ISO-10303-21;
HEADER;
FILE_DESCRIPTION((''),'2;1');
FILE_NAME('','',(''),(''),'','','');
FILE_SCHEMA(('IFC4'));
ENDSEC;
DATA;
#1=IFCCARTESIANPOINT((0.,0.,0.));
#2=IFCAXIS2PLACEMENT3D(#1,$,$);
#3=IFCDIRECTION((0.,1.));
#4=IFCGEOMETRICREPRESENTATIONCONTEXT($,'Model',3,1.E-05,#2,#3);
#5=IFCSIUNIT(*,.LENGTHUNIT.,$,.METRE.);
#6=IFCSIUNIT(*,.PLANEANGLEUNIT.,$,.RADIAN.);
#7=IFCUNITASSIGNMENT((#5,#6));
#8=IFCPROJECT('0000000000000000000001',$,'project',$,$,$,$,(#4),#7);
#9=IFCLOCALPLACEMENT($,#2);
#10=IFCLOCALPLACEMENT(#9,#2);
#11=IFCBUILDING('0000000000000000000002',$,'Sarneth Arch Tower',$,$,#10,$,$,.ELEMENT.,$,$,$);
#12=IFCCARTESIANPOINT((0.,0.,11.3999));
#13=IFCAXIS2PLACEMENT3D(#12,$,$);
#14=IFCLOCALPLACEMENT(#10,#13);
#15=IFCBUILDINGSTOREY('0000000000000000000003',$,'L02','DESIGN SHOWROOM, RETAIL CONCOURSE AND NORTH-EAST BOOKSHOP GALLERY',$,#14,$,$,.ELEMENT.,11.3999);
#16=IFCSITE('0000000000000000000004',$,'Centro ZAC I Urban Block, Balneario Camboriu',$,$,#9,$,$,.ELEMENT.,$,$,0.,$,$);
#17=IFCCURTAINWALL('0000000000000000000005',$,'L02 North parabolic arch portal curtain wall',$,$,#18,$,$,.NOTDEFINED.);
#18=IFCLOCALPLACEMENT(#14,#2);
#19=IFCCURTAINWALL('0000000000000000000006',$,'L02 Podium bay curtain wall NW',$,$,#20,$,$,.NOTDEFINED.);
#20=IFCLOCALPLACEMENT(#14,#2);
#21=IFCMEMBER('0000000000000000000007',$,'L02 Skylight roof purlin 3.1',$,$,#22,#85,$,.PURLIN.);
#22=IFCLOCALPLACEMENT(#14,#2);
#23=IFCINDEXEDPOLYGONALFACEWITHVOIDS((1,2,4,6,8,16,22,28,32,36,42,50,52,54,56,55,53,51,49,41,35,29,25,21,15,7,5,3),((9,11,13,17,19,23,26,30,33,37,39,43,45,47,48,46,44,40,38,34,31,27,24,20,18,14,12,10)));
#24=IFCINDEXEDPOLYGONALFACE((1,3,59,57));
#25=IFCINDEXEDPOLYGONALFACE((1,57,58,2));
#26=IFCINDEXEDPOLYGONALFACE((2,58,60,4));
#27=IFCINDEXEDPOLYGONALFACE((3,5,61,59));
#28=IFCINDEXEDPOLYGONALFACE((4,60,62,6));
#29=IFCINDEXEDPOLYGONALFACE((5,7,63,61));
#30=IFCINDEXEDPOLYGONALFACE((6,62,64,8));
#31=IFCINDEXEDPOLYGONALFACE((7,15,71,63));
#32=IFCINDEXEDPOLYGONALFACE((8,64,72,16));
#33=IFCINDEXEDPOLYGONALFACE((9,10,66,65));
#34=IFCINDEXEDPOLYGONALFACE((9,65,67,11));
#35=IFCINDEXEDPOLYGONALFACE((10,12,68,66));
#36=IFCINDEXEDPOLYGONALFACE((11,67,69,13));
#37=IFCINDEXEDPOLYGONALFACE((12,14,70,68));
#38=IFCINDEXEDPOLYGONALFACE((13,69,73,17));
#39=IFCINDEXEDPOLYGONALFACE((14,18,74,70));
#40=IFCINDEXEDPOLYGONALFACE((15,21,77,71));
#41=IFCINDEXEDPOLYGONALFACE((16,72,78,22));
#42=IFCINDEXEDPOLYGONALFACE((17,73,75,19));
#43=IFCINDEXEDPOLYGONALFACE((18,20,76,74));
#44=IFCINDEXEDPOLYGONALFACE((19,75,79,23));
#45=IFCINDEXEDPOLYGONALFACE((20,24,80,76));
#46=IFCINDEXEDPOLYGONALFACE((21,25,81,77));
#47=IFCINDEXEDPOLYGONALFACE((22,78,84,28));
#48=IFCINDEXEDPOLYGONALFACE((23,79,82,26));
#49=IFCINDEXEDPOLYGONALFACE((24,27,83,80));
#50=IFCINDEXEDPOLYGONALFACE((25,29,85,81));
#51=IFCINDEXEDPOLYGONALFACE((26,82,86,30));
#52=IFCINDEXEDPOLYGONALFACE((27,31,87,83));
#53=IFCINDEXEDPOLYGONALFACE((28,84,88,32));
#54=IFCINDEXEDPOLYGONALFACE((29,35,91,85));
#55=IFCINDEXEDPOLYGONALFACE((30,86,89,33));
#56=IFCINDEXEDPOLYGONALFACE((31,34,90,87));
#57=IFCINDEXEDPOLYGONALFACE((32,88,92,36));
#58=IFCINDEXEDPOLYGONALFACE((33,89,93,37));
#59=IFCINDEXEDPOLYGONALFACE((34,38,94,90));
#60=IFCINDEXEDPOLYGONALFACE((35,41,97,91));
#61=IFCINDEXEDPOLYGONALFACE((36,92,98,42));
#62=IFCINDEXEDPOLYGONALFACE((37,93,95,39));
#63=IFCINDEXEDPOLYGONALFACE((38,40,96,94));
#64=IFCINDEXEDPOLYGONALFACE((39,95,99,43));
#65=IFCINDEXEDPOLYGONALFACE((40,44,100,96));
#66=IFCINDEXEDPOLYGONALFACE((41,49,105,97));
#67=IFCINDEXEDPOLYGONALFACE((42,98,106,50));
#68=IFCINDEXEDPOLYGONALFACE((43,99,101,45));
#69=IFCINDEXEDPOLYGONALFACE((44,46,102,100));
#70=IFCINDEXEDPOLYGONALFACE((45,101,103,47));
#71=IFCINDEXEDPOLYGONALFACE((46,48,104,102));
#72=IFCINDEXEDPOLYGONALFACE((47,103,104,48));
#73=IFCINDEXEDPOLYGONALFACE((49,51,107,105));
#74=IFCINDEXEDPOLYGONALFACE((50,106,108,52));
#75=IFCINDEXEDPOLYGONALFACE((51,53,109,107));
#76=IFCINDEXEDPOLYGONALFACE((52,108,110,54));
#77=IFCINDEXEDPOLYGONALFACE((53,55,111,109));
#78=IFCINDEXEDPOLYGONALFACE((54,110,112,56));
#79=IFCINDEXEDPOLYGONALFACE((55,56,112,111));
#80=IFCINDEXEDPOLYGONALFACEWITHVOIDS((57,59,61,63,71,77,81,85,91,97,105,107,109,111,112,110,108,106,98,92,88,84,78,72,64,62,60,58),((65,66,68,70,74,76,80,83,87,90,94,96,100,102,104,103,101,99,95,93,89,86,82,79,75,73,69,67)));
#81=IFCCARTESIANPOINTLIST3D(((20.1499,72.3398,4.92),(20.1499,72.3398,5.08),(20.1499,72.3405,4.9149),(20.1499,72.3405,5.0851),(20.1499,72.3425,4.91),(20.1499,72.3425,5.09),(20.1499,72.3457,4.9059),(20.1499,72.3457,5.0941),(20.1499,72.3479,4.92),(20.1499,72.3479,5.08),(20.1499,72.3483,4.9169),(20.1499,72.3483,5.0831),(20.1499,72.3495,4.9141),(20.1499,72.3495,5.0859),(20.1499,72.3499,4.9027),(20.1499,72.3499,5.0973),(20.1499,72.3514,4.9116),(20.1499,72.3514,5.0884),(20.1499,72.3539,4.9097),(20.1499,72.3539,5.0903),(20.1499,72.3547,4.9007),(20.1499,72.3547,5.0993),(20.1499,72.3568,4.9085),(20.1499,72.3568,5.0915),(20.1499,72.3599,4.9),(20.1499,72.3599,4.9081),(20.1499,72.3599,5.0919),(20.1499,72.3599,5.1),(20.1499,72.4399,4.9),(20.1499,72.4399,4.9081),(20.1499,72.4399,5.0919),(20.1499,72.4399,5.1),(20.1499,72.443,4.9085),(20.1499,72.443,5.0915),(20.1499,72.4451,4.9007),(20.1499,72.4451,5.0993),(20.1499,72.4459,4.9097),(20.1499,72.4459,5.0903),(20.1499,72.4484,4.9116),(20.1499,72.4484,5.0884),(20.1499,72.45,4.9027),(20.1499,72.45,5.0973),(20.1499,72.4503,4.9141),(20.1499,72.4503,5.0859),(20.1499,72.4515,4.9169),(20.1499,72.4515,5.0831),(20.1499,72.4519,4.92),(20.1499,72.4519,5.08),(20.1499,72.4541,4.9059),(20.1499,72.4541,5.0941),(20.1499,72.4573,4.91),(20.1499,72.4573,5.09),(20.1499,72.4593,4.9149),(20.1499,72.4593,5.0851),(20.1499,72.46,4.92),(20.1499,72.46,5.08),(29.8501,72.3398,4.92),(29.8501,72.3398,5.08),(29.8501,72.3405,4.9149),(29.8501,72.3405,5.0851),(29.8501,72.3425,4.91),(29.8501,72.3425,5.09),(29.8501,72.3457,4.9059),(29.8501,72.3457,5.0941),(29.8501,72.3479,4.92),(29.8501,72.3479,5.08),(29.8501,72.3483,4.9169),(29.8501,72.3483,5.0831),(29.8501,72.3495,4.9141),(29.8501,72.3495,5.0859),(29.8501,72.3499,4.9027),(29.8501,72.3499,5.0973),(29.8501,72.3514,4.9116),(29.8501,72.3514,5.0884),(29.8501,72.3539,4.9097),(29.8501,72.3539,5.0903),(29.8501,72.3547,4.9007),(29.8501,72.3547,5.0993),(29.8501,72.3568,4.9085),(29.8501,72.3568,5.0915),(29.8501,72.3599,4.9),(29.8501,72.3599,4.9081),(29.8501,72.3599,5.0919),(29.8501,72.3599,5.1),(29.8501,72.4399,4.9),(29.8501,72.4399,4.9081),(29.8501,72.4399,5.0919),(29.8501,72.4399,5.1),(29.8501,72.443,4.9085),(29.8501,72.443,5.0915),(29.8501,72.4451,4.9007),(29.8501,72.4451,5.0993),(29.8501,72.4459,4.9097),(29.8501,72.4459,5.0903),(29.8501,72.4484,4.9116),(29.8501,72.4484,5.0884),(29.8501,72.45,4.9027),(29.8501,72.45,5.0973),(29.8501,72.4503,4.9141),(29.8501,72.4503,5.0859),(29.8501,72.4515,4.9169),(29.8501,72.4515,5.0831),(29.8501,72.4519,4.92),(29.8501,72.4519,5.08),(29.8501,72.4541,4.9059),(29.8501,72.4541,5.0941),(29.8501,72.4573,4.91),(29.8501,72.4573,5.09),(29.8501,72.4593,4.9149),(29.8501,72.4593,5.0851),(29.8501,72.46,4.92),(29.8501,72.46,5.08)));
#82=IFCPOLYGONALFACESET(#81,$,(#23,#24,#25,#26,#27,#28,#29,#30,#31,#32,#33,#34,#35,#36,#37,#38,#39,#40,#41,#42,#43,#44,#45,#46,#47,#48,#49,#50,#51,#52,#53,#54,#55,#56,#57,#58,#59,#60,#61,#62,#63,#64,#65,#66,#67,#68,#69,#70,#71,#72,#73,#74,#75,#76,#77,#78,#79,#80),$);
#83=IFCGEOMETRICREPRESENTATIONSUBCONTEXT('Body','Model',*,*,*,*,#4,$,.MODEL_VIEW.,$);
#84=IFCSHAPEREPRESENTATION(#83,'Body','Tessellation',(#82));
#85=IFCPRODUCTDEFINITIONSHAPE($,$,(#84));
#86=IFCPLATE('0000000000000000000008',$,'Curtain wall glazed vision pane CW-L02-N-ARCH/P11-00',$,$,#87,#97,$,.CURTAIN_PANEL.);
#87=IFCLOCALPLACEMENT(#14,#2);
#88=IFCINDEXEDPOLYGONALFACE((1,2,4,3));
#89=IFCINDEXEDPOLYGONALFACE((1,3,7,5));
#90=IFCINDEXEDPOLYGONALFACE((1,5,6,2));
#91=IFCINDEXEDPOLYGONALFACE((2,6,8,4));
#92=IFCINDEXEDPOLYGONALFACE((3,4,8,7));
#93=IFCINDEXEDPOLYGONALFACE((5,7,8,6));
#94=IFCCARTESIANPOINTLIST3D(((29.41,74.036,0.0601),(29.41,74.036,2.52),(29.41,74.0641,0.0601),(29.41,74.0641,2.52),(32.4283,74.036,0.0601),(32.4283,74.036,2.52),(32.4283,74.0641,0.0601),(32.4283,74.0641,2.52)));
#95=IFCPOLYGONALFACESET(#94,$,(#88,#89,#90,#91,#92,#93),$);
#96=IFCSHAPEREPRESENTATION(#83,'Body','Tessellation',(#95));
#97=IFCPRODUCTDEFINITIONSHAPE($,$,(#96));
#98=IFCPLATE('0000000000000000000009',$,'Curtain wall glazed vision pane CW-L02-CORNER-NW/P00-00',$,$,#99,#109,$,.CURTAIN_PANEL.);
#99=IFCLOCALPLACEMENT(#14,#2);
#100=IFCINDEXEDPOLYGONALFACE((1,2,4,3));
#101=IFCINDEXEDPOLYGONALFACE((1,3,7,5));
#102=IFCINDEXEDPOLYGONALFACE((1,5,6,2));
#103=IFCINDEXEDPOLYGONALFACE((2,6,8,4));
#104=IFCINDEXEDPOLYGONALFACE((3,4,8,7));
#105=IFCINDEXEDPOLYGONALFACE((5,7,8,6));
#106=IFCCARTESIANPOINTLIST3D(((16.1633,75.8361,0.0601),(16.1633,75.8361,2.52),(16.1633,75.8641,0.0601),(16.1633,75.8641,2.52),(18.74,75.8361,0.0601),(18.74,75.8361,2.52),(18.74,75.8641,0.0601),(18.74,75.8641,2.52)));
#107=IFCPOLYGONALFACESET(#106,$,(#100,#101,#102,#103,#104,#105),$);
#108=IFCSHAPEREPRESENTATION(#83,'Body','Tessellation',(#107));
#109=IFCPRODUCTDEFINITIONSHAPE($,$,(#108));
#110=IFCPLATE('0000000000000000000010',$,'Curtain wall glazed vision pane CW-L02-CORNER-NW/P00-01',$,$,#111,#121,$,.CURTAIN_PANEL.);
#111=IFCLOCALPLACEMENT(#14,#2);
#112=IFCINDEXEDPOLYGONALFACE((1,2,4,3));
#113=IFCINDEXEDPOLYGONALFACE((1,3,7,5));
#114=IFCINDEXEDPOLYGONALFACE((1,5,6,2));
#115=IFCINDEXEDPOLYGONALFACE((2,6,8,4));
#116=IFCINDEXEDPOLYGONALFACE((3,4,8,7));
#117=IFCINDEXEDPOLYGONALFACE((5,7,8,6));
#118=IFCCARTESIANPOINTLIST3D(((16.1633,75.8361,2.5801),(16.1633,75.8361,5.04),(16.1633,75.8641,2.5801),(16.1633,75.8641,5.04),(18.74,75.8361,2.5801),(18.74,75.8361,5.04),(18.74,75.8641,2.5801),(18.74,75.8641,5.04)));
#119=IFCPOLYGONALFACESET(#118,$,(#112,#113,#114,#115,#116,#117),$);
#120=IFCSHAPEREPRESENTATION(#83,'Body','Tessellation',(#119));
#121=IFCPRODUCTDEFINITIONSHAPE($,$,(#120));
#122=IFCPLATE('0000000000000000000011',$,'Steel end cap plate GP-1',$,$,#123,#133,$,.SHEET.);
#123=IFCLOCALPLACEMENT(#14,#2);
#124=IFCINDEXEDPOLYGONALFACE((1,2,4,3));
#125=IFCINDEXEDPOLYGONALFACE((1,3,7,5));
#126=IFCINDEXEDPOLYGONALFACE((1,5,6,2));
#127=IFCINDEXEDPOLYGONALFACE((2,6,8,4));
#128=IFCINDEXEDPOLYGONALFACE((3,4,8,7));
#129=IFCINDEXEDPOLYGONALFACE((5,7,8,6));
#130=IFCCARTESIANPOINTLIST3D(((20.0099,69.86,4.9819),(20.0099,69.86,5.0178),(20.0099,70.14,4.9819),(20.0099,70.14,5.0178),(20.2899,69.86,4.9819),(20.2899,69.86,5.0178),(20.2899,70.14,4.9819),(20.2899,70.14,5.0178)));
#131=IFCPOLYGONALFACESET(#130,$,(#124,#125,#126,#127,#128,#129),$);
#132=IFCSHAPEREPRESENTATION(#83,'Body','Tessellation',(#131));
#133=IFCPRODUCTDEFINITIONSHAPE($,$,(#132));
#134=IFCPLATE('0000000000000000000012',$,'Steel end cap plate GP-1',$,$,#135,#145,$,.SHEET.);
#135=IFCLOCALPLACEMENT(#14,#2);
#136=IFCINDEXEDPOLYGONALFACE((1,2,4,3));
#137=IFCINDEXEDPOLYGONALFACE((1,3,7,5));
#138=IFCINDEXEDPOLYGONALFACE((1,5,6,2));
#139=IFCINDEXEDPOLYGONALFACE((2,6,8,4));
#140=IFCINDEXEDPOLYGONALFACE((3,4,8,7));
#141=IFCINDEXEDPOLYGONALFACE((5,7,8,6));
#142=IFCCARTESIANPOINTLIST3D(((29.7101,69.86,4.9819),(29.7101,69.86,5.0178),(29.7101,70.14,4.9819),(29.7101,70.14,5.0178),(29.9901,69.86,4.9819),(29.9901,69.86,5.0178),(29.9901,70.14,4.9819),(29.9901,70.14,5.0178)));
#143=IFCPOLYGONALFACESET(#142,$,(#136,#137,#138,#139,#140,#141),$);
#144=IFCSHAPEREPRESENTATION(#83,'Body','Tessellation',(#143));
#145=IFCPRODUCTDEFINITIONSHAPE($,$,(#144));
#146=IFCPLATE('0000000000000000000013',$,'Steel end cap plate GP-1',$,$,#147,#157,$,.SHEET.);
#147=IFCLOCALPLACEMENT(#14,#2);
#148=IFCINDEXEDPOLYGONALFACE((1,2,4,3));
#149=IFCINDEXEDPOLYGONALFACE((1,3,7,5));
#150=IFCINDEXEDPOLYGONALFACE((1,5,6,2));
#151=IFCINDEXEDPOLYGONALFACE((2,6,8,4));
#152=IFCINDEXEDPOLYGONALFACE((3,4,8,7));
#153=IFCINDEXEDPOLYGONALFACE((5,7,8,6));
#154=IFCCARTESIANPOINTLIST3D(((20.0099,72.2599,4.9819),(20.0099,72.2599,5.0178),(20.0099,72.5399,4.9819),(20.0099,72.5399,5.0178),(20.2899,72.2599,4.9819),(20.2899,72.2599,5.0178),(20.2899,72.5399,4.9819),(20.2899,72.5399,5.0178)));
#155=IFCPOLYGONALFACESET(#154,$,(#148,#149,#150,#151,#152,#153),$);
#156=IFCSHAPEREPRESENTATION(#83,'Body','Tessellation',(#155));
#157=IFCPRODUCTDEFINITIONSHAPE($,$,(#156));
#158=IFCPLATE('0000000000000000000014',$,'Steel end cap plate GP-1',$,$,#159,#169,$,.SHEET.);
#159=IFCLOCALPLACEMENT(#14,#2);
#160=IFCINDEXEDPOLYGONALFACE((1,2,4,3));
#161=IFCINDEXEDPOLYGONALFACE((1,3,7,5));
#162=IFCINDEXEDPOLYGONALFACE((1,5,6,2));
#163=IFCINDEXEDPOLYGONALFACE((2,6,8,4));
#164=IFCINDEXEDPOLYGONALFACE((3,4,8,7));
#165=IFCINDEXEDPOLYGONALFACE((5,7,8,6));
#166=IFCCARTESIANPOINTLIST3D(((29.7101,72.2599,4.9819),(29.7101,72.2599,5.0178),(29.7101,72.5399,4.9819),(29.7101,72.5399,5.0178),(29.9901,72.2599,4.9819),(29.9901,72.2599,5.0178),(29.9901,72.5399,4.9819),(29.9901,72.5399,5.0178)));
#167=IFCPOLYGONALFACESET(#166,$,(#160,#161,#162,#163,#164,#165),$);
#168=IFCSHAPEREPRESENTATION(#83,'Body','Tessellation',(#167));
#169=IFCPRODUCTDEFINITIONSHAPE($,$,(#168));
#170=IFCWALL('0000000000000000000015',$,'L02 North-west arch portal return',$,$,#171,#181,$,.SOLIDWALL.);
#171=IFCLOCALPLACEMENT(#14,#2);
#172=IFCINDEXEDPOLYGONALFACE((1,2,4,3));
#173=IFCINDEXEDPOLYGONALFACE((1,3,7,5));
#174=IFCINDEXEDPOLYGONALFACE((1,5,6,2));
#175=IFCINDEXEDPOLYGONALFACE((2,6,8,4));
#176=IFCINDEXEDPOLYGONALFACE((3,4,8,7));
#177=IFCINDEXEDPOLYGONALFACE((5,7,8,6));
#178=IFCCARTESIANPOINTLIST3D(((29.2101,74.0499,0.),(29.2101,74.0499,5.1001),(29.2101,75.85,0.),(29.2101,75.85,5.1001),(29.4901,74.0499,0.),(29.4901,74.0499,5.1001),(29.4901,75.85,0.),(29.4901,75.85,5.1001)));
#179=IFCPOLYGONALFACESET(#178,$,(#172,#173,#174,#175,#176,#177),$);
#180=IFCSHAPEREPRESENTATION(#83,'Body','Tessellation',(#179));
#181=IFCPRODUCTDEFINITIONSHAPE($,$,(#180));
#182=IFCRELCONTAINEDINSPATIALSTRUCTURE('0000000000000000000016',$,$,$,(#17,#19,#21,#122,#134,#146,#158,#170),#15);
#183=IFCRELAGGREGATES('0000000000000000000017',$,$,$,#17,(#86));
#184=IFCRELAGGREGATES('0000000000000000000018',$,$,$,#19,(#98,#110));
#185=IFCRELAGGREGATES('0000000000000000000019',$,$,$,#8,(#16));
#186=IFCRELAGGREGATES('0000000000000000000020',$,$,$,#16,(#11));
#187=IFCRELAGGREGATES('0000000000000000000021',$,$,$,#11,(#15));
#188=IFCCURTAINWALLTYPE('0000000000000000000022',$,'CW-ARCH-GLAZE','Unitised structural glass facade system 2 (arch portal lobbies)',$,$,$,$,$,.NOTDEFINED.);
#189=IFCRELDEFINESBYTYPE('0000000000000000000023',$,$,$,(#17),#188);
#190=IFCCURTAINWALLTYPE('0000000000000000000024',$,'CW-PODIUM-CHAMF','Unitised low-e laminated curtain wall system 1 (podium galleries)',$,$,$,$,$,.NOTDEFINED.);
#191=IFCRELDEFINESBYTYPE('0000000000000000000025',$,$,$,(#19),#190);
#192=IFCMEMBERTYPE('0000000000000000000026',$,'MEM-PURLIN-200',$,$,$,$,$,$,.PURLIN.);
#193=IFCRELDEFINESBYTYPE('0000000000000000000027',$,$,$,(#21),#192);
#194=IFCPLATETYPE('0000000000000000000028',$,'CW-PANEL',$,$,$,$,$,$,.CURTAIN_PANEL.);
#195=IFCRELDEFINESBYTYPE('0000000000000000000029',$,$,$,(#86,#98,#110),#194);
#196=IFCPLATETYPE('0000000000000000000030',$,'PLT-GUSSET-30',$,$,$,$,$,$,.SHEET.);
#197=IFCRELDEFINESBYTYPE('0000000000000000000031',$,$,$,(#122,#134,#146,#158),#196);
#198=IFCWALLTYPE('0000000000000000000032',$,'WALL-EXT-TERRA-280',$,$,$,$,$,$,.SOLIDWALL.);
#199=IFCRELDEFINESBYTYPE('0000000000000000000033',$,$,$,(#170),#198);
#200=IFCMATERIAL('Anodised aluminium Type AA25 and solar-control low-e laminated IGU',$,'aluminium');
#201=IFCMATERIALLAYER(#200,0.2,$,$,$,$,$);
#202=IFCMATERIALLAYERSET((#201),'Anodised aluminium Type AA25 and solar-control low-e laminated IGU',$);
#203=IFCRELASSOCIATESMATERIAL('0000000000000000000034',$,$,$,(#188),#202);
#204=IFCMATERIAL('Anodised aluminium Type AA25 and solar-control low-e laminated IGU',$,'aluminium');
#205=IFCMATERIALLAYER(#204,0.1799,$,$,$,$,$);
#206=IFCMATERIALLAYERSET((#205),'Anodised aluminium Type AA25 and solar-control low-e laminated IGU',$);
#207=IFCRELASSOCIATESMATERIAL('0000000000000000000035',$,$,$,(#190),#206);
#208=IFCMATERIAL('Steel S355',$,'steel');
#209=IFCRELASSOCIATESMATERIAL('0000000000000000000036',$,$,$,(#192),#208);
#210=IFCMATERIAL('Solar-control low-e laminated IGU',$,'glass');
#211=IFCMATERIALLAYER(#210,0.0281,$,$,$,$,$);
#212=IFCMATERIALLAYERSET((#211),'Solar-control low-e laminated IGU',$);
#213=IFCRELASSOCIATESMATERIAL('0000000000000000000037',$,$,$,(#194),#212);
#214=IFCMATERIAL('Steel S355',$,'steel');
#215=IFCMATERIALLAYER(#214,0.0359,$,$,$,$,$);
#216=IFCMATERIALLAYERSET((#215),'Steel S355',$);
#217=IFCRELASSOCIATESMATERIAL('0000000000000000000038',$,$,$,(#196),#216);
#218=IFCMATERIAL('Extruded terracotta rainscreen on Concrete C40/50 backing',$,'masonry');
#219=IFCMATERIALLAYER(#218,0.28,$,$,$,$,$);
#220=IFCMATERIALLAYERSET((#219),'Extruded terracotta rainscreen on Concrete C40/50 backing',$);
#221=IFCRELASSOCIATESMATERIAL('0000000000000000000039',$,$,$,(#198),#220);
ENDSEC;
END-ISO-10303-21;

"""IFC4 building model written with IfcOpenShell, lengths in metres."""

from ifc_helpers import new_model, si_unit, direction, frame, frame_2d, origin, origin_2d, place, context, subcontext, project, spatial, rectangle, hollow_rectangle, extrude, material, layer, layer_set, material_profile, profile_set, type_object, element, aggregate, save


model = new_model("IFC4")

# Units and contexts
model_context = context("Model", 3, precision=1e-05, world=origin(), true_north=direction((0.0, 1.0)))
body_context = subcontext(model_context, "Body", "Model", "MODEL_VIEW")
ifc_project = project(units=[si_unit("LENGTHUNIT", "METRE"), si_unit("PLANEANGLEUNIT", "RADIAN")], contexts=[model_context])

# Site, building, storey
site_placement = place(None, origin())
site = spatial("IfcSite", under=ifc_project, at=site_placement, Name="Centro ZAC I Urban Block, Balneario Camboriu", CompositionType="ELEMENT", RefElevation=0.0)
building_placement = place(site_placement, origin())
building = spatial("IfcBuilding", under=site, at=building_placement, Name="Sarneth Arch Tower", CompositionType="ELEMENT")
storey_placement = place(building_placement, frame((0.0, 0.0, 11.3999)))
storey = spatial("IfcBuildingStorey", under=building, at=storey_placement, Name="L02", Description="DESIGN SHOWROOM, RETAIL CONCOURSE AND NORTH-EAST BOOKSHOP GALLERY", CompositionType="ELEMENT", Elevation=11.3999)

# Curtain wall
ifc_material_1 = material(Name="Anodised aluminium Type AA25 and solar-control low-e laminated IGU", Category="aluminium")
ifc_layer_1 = layer(ifc_material_1, 0.2)
ifc_layer_set_1 = layer_set([ifc_layer_1], Name="Anodised aluminium Type AA25 and solar-control low-e laminated IGU")
curtain_wall_type_1 = type_object("IfcCurtainWallType", Name="CW-ARCH-GLAZE", Description="Unitised structural glass facade system 2 (arch portal lobbies)", PredefinedType="NOTDEFINED", material=ifc_layer_set_1)
curtain_wall_1_placement = place(storey_placement, origin())
curtain_wall_1 = element("IfcCurtainWall", 1, at=curtain_wall_1_placement, inside=storey, type_object=curtain_wall_type_1, Name="L02 North parabolic arch portal curtain wall", PredefinedType="NOTDEFINED")

# Curtain wall
ifc_material_2 = material(Name="Anodised aluminium Type AA25 and solar-control low-e laminated IGU", Category="aluminium")
ifc_layer_2 = layer(ifc_material_2, 0.1799)
ifc_layer_set_2 = layer_set([ifc_layer_2], Name="Anodised aluminium Type AA25 and solar-control low-e laminated IGU")
curtain_wall_type_2 = type_object("IfcCurtainWallType", Name="CW-PODIUM-CHAMF", Description="Unitised low-e laminated curtain wall system 1 (podium galleries)", PredefinedType="NOTDEFINED", material=ifc_layer_set_2)
curtain_wall_2_placement = place(storey_placement, origin())
curtain_wall_2 = element("IfcCurtainWall", 2, at=curtain_wall_2_placement, inside=storey, type_object=curtain_wall_type_2, Name="L02 Podium bay curtain wall NW", PredefinedType="NOTDEFINED")

# Member
ifc_material_3 = material(Name="Steel S355", Category="steel")
ifc_material_profile_1 = material_profile(ifc_material_3, hollow_rectangle(XDim=0.1201, YDim=0.2, WallThickness=0.0081, InnerFilletRadius=0.012, OuterFilletRadius=0.02, at=origin_2d()), Name="RHS200x120x8")
ifc_profile_set_1 = profile_set([ifc_material_profile_1], Name="Steel S355")
member_type_1 = type_object("IfcMemberType", Name="MEM-PURLIN-200", PredefinedType="PURLIN", material=ifc_profile_set_1)
for number, where, z_axis, x_axis, name in (
    (3, (20.1499, 72.3999, 5.0), (1.0, 0.0, 0.0), (0.0, 1.0, 0.0), "L02 Skylight roof purlin 3.1"),
):
    element("IfcMember", number, at=place(storey_placement, frame(where, z_axis=z_axis, x_axis=x_axis)), inside=storey, type_object=member_type_1, Name=name, PredefinedType="PURLIN", context=body_context, shape_type="SweptSolid", body=[
        extrude(hollow_rectangle(XDim=0.1201, YDim=0.2, WallThickness=0.0081, InnerFilletRadius=0.012, OuterFilletRadius=0.02, at=origin_2d()), origin(), (0.0, 0.0, 1.0), 9.7002),
    ])

# Plates
ifc_material_4 = material(Name="Solar-control low-e laminated IGU", Category="glass")
ifc_layer_3 = layer(ifc_material_4, 0.0281)
ifc_layer_set_3 = layer_set([ifc_layer_3], Name="Solar-control low-e laminated IGU")
plate_type_1 = type_object("IfcPlateType", Name="CW-PANEL", PredefinedType="CURTAIN_PANEL", material=ifc_layer_set_3)
plate_1_placement = place(storey_placement, frame((30.9192, 74.05, 0.0601), z_axis=(0.0, 0.0, 1.0), x_axis=(-1.0, 0.0, 0.0)))
plate_1 = element("IfcPlate", 4, at=plate_1_placement, type_object=plate_type_1, Name="Curtain wall glazed vision pane CW-L02-N-ARCH/P11-00", PredefinedType="CURTAIN_PANEL", context=body_context, shape_type="SweptSolid", body=[
    extrude(rectangle(XDim=3.0183, YDim=0.0281, at=origin_2d()), origin(), (0.0, 0.0, 1.0), 2.46),
])
aggregate(curtain_wall_1, [plate_1])
plate_2_placement = place(storey_placement, frame((17.4517, 75.8501, 0.0601), z_axis=(0.0, 0.0, 1.0), x_axis=(-1.0, 0.0, 0.0)))
plate_2 = element("IfcPlate", 5, at=plate_2_placement, type_object=plate_type_1, Name="Curtain wall glazed vision pane CW-L02-CORNER-NW/P00-00", PredefinedType="CURTAIN_PANEL", context=body_context, shape_type="SweptSolid", body=[
    extrude(rectangle(XDim=2.5767, YDim=0.0281, at=origin_2d()), origin(), (0.0, 0.0, 1.0), 2.46),
])
plate_3_placement = place(storey_placement, frame((17.4517, 75.8501, 2.5801), z_axis=(0.0, 0.0, 1.0), x_axis=(-1.0, 0.0, 0.0)))
plate_3 = element("IfcPlate", 6, at=plate_3_placement, type_object=plate_type_1, Name="Curtain wall glazed vision pane CW-L02-CORNER-NW/P00-01", PredefinedType="CURTAIN_PANEL", context=body_context, shape_type="SweptSolid", body=[
    extrude(rectangle(XDim=2.5767, YDim=0.0281, at=origin_2d()), origin(), (0.0, 0.0, 1.0), 2.46),
])
aggregate(curtain_wall_2, [plate_2, plate_3])

# Plates
ifc_material_5 = material(Name="Steel S355", Category="steel")
ifc_layer_4 = layer(ifc_material_5, 0.0359)
ifc_layer_set_4 = layer_set([ifc_layer_4], Name="Steel S355")
plate_type_2 = type_object("IfcPlateType", Name="PLT-GUSSET-30", PredefinedType="SHEET", material=ifc_layer_set_4)
for number, where, z_axis, x_axis, name in (
    (7, (20.1499, 70.0, 4.9819), (0.0, 0.0, 1.0), (1.0, 0.0, 0.0), "Steel end cap plate GP-1"),
    (8, (29.8501, 70.0, 4.9819), (0.0, 0.0, 1.0), (-1.0, 0.0, 0.0), "Steel end cap plate GP-1"),
    (9, (20.1499, 72.3999, 4.9819), (0.0, 0.0, 1.0), (1.0, 0.0, 0.0), "Steel end cap plate GP-1"),
    (10, (29.8501, 72.3999, 4.9819), (0.0, 0.0, 1.0), (-1.0, 0.0, 0.0), "Steel end cap plate GP-1"),
):
    element("IfcPlate", number, at=place(storey_placement, frame(where, z_axis=z_axis, x_axis=x_axis)), inside=storey, type_object=plate_type_2, Name=name, PredefinedType="SHEET", context=body_context, shape_type="SweptSolid", body=[
        extrude(rectangle(XDim=0.28, YDim=0.28, at=origin_2d()), origin(), (0.0, 0.0, 1.0), 0.0359),
    ])

# Wall
ifc_material_6 = material(Name="Extruded terracotta rainscreen on Concrete C40/50 backing", Category="masonry")
ifc_layer_5 = layer(ifc_material_6, 0.28)
ifc_layer_set_5 = layer_set([ifc_layer_5], Name="Extruded terracotta rainscreen on Concrete C40/50 backing")
wall_type_1 = type_object("IfcWallType", Name="WALL-EXT-TERRA-280", PredefinedType="SOLIDWALL", material=ifc_layer_set_5)
wall_1_placement = place(storey_placement, frame((29.3501, 74.05, 0.0), z_axis=(0.0, 0.0, 1.0), x_axis=(0.0, 1.0, 0.0)))
element("IfcWall", 11, at=wall_1_placement, inside=storey, type_object=wall_type_1, Name="L02 North-west arch portal return", PredefinedType="SOLIDWALL", context=body_context, shape_type="SweptSolid", body=[
    extrude(rectangle(XDim=1.8, YDim=0.28, at=frame_2d((0.8999, 0.0))), origin(), (0.0, 0.0, 1.0), 5.1001),
])

save(model, "model.ifc")
